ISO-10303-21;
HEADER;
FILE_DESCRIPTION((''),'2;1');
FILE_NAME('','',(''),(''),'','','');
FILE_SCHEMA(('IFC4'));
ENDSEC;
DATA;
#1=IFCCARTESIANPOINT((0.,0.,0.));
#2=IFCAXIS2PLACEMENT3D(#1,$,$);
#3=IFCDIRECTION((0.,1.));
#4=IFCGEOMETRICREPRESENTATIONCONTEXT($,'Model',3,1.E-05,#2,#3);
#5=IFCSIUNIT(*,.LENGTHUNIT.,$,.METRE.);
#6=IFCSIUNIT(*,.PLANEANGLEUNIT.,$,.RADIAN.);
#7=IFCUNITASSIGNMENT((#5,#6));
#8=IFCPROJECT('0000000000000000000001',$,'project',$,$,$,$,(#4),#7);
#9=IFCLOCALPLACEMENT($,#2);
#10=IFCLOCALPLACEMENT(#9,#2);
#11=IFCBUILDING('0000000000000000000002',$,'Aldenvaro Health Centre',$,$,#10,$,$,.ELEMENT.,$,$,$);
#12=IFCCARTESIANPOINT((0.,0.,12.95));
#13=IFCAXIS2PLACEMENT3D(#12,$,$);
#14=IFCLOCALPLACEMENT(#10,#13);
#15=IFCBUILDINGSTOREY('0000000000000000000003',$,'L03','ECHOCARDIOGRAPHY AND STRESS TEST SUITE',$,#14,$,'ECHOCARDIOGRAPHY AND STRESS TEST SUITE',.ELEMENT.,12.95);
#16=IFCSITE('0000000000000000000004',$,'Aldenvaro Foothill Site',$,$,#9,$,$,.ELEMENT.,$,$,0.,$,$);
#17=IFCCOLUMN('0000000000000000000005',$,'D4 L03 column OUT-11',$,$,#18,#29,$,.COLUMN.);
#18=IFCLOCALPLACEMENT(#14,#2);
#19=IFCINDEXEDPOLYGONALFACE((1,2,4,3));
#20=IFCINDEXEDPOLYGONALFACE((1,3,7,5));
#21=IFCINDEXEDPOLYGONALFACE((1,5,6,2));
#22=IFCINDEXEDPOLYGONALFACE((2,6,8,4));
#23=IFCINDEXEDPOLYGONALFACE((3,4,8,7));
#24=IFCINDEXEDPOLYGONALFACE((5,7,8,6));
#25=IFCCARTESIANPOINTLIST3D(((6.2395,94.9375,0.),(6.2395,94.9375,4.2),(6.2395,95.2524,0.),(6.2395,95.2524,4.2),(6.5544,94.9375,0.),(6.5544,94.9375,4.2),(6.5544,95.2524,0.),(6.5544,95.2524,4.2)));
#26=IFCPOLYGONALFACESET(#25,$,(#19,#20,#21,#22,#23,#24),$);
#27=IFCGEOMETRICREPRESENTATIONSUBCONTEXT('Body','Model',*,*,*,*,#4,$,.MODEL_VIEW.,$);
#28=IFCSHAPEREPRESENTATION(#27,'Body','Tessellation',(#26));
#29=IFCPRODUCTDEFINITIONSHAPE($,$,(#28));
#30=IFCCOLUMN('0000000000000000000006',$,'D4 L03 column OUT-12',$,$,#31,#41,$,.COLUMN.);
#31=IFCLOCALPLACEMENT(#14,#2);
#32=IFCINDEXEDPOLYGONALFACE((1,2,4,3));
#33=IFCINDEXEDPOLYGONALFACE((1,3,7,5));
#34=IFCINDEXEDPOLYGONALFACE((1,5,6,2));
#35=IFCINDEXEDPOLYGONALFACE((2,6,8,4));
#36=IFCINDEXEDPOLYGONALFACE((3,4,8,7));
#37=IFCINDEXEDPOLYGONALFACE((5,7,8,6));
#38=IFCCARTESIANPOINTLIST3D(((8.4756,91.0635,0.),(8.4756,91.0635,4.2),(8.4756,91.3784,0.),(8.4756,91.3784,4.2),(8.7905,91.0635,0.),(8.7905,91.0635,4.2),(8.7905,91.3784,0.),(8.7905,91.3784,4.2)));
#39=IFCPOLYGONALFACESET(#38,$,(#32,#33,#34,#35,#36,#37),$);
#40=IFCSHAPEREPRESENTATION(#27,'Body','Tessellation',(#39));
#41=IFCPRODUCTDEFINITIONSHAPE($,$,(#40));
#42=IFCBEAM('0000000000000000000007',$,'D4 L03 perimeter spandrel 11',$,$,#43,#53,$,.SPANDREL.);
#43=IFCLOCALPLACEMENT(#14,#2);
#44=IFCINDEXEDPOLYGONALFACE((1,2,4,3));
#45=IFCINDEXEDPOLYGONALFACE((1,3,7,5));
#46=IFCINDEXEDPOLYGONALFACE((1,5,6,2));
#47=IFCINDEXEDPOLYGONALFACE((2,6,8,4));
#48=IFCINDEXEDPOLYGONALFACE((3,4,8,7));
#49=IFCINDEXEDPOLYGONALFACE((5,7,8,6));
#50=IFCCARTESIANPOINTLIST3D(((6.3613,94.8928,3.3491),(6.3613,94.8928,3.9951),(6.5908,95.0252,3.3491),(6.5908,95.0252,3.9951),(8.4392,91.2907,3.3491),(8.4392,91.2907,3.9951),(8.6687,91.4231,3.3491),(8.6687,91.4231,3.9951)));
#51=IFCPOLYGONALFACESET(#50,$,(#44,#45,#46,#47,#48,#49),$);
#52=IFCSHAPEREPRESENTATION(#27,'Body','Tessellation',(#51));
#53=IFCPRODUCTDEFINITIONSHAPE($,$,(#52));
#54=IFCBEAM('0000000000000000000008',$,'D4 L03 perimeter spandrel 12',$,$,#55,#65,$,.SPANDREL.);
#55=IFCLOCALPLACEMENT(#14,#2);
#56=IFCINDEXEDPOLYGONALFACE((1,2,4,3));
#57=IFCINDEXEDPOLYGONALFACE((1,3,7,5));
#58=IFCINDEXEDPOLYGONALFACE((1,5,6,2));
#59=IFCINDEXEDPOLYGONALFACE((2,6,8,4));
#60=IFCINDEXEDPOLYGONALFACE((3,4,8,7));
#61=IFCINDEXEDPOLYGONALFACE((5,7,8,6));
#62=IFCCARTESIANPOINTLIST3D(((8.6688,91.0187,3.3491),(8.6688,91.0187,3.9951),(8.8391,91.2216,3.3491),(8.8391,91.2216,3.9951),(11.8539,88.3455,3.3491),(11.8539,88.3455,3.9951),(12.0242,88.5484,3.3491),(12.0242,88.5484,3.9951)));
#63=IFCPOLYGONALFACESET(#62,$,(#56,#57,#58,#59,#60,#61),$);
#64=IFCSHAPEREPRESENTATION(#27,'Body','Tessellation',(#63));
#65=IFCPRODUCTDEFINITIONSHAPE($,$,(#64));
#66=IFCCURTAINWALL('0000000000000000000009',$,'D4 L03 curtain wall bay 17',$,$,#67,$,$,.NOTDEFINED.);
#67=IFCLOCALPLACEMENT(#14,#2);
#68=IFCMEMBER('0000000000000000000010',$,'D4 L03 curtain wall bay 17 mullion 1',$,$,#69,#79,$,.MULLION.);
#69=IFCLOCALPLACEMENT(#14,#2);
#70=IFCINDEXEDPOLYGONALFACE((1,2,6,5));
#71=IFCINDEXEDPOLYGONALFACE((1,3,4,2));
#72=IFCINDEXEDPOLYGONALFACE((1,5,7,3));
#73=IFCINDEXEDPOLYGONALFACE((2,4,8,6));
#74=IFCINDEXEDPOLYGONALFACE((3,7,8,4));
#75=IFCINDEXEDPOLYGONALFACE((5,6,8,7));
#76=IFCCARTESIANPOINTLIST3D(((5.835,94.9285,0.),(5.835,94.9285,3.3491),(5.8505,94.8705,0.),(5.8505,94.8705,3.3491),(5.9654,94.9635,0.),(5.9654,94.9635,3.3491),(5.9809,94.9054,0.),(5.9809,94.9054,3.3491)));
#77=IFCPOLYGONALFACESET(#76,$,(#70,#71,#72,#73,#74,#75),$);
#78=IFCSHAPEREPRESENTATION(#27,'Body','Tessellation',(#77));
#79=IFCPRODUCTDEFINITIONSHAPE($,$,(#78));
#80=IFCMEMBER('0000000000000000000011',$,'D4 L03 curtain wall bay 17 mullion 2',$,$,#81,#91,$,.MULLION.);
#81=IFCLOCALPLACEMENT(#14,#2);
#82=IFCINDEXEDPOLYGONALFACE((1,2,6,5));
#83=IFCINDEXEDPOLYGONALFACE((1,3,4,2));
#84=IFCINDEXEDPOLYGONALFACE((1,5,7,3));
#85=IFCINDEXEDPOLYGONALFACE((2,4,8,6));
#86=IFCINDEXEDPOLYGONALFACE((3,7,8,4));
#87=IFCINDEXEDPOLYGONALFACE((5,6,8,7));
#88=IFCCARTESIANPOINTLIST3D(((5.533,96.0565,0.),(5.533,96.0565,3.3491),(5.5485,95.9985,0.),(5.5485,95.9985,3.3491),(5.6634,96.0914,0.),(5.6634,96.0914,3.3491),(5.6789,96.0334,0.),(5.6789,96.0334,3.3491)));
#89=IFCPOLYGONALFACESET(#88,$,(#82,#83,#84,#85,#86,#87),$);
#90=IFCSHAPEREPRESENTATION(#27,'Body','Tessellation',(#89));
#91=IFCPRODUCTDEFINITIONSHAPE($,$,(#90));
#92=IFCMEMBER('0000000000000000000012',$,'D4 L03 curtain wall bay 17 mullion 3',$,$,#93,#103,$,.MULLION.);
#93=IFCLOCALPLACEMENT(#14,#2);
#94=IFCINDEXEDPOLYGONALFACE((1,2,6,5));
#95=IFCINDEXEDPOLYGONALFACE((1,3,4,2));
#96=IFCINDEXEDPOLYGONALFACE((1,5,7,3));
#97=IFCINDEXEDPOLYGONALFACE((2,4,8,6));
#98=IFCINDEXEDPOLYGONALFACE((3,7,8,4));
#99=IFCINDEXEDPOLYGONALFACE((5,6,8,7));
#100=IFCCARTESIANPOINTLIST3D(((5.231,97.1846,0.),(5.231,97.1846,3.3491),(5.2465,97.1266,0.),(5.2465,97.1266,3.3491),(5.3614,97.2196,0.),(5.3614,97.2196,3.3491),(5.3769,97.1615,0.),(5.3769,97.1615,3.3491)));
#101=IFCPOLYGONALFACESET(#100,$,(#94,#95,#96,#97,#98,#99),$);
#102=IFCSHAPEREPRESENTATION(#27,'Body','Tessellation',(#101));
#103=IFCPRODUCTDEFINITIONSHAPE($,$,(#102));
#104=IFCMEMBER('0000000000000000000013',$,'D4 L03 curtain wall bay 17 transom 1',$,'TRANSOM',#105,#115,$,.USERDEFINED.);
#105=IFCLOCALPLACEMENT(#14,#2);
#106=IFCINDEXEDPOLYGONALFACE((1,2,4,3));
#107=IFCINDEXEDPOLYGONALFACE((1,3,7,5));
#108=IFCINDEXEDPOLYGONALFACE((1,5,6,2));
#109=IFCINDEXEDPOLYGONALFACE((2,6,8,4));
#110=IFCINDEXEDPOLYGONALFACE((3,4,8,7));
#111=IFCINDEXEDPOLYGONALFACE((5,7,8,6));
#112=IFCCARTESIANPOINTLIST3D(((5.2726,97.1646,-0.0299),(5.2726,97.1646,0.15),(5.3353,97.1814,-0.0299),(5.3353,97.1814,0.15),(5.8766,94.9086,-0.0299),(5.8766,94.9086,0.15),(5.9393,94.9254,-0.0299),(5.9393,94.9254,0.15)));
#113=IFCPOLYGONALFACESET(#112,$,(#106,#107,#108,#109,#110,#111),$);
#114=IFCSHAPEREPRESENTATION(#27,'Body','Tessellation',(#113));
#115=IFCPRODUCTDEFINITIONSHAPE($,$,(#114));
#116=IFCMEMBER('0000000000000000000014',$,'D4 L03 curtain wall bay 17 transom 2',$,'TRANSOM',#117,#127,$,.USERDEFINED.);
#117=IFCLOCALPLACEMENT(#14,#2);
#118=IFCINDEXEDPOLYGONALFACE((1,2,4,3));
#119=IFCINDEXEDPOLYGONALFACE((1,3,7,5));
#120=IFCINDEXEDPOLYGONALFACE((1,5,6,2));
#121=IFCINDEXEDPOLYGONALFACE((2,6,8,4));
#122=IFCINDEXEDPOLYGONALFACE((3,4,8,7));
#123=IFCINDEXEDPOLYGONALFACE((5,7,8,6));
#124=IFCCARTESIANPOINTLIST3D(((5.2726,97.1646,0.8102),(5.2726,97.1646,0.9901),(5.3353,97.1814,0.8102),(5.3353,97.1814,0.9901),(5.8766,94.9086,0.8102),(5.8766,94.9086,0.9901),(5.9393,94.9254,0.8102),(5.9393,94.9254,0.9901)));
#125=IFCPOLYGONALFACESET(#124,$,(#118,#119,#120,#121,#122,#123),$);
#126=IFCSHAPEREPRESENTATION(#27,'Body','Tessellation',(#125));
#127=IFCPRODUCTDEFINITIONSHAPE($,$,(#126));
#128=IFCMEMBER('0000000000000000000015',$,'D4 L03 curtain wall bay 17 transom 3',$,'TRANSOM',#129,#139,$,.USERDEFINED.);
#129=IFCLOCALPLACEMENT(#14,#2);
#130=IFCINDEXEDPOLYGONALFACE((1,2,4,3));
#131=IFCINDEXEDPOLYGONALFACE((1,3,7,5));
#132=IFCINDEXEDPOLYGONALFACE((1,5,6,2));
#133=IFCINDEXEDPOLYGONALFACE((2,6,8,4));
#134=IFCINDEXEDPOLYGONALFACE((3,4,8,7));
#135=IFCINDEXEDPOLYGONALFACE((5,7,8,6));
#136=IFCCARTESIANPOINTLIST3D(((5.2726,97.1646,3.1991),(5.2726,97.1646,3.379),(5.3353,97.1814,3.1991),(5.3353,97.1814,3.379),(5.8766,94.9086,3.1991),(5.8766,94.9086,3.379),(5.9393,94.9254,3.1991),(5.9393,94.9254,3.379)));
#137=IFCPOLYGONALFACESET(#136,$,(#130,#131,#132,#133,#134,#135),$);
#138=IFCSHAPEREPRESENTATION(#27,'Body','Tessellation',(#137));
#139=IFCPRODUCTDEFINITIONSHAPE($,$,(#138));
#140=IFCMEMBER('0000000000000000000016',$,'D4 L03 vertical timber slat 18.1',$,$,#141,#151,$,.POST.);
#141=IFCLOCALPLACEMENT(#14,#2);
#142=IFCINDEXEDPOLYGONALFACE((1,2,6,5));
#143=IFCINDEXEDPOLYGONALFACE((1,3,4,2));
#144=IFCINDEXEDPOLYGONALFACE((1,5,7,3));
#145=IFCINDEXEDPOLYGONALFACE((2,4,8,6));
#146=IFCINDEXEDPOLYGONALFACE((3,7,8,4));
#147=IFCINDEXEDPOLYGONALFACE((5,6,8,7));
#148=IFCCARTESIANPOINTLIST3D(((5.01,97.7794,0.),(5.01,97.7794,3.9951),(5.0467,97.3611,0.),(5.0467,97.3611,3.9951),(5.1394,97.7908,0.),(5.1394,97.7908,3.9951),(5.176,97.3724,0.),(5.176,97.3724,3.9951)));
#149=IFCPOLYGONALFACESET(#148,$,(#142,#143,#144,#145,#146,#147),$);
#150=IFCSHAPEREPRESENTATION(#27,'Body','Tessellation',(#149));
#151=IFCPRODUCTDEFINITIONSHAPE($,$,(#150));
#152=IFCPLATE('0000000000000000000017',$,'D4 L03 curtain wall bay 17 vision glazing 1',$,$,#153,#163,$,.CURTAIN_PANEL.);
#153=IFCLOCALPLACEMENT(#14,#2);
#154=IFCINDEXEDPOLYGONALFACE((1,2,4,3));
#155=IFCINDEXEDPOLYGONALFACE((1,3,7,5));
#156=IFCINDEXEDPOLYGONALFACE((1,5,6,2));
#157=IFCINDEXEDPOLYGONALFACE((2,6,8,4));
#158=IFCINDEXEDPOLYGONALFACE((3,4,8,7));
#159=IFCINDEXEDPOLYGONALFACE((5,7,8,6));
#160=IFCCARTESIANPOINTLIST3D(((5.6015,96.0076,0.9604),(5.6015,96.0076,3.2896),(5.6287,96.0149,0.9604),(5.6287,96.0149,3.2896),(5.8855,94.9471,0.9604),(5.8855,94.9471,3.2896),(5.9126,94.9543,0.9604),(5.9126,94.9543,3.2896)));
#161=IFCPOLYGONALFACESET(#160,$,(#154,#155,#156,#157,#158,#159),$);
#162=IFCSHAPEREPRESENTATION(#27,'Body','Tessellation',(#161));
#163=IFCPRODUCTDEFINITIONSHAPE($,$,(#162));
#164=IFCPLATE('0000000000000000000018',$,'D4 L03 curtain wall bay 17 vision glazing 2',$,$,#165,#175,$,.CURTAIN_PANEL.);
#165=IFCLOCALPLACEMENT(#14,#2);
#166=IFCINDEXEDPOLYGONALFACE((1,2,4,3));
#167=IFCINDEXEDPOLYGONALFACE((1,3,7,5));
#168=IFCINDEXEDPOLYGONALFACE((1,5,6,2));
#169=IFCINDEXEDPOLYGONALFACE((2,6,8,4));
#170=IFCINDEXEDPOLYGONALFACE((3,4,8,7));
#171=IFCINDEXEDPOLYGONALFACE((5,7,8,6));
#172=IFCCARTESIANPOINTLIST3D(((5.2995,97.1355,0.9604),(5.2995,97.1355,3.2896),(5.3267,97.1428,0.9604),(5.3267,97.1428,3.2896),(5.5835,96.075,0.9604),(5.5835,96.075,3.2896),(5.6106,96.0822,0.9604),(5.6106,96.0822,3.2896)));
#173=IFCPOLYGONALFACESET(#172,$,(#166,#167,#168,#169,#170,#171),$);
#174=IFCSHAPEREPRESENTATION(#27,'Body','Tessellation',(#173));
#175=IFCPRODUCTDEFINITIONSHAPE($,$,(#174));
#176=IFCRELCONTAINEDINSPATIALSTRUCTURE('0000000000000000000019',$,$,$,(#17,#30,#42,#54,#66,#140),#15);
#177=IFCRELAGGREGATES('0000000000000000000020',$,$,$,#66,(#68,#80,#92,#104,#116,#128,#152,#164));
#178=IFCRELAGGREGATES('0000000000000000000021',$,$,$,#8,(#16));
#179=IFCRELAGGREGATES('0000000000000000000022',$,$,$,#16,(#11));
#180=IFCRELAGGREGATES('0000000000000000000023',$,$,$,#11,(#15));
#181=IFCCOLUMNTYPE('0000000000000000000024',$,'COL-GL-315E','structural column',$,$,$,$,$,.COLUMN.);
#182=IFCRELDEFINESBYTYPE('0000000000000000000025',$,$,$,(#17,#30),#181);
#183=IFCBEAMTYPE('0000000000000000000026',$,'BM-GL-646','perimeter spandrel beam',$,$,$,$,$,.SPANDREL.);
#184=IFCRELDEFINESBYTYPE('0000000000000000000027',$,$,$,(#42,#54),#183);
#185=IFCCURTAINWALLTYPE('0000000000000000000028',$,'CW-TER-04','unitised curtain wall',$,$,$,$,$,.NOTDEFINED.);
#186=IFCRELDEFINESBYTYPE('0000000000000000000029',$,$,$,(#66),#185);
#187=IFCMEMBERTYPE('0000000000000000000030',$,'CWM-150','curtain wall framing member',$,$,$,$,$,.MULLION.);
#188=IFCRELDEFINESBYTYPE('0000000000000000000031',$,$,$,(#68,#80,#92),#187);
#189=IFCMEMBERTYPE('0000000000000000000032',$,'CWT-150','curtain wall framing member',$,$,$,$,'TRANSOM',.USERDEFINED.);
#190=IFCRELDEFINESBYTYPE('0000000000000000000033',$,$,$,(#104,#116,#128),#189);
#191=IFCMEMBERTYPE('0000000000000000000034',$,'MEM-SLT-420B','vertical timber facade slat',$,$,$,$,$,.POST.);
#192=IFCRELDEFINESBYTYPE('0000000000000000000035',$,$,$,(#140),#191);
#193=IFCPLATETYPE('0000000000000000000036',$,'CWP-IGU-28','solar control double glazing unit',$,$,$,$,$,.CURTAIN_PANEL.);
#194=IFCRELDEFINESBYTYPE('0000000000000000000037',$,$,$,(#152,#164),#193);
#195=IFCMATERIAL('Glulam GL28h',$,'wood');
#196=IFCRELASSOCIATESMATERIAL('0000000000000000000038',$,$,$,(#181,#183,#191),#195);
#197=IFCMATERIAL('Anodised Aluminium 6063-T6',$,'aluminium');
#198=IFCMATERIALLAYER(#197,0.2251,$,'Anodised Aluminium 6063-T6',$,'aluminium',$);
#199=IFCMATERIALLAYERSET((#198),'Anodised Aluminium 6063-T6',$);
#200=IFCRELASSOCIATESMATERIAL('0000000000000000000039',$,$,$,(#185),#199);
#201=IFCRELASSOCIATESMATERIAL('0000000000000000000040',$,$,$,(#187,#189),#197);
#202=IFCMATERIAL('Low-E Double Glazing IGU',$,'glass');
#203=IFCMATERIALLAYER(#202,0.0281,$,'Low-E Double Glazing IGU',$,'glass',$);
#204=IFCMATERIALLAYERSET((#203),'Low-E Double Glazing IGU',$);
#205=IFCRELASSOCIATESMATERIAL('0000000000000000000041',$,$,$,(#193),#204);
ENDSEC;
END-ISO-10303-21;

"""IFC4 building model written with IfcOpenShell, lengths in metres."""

from ifc_helpers import new_model, si_unit, direction, frame, origin, origin_2d, place, context, subcontext, project, spatial, rectangle, extrude, material, layer, layer_set, material_profile, profile_set, type_object, element, aggregate, save


model = new_model("IFC4")

# Units and contexts
model_context = context("Model", 3, precision=1e-05, world=origin(), true_north=direction((0.0, 1.0)))
body_context = subcontext(model_context, "Body", "Model", "MODEL_VIEW")
ifc_project = project(units=[si_unit("LENGTHUNIT", "METRE"), si_unit("PLANEANGLEUNIT", "RADIAN")], contexts=[model_context])

# Site, building, storey
site_placement = place(None, origin())
site = spatial("IfcSite", under=ifc_project, at=site_placement, Name="Aldenvaro Foothill Site", CompositionType="ELEMENT", RefElevation=0.0)
building_placement = place(site_placement, origin())
building = spatial("IfcBuilding", under=site, at=building_placement, Name="Aldenvaro Health Centre", CompositionType="ELEMENT")
storey_placement = place(building_placement, frame((0.0, 0.0, 12.95)))
storey = spatial("IfcBuildingStorey", under=building, at=storey_placement, Name="L03", Description="ECHOCARDIOGRAPHY AND STRESS TEST SUITE", LongName="ECHOCARDIOGRAPHY AND STRESS TEST SUITE", CompositionType="ELEMENT", Elevation=12.95)

# Columns
ifc_material_1 = material(Name="Glulam GL28h", Category="wood")
ifc_material_profile_1 = material_profile(ifc_material_1, rectangle(XDim=0.3149, YDim=0.3149, at=origin_2d()), Name="GL 315x315", Category="wood")
ifc_profile_set_1 = profile_set([ifc_material_profile_1], Name="Glulam GL28h")
column_type = type_object("IfcColumnType", Name="COL-GL-315E", Description="structural column", PredefinedType="COLUMN", material=ifc_profile_set_1)
for number, where, z_axis, x_axis, name in (
    (1, (6.397, 95.095, 0.0), (0.0, 0.0, 1.0), (1.0, 0.0, 0.0), "D4 L03 column OUT-11"),
    (2, (8.6331, 91.2209, 0.0), (0.0, 0.0, 1.0), (1.0, 0.0, 0.0), "D4 L03 column OUT-12"),
):
    element("IfcColumn", number, at=place(storey_placement, frame(where, z_axis=z_axis, x_axis=x_axis)), inside=storey, type_object=column_type, Name=name, PredefinedType="COLUMN", context=body_context, shape_type="SweptSolid", body=[
        extrude(rectangle(XDim=0.3149, YDim=0.3149, at=origin_2d()), origin(), (0.0, 0.0, 1.0), 4.2),
    ])

# Beams
ifc_material_profile_2 = material_profile(ifc_material_1, rectangle(XDim=0.2649, YDim=0.646, at=origin_2d()), Name="GL 265x646", Category="wood")
ifc_profile_set_2 = profile_set([ifc_material_profile_2], Name="Glulam GL28h")
beam_type = type_object("IfcBeamType", Name="BM-GL-646", Description="perimeter spandrel beam", PredefinedType="SPANDREL", material=ifc_profile_set_2)
beam_1_placement = place(storey_placement, frame((6.4761, 94.959, 3.6721), z_axis=(0.499682, -0.866209, 0.0), x_axis=(0.866209, 0.499682, 0.0)))
element("IfcBeam", 3, at=beam_1_placement, inside=storey, type_object=beam_type, Name="D4 L03 perimeter spandrel 11", PredefinedType="SPANDREL", context=body_context, shape_type="SweptSolid", body=[
    extrude(rectangle(XDim=0.2649, YDim=0.646, at=origin_2d()), origin(), (0.0, 0.0, 1.0), 4.1584),
])
beam_2_placement = place(storey_placement, frame((8.7539, 91.1201, 3.6721), z_axis=(0.765984, -0.64286, 0.0), x_axis=(0.64286, 0.765984, 0.0)))
element("IfcBeam", 4, at=beam_2_placement, inside=storey, type_object=beam_type, Name="D4 L03 perimeter spandrel 12", PredefinedType="SPANDREL", context=body_context, shape_type="SweptSolid", body=[
    extrude(rectangle(XDim=0.2649, YDim=0.646, at=origin_2d()), origin(), (0.0, 0.0, 1.0), 4.1582),
])

# Curtain wall, members
ifc_material_2 = material(Name="Anodised Aluminium 6063-T6", Category="aluminium")
ifc_layer_1 = layer(ifc_material_2, 0.2251, Name="Anodised Aluminium 6063-T6", Category="aluminium")
ifc_layer_set_1 = layer_set([ifc_layer_1], Name="Anodised Aluminium 6063-T6")
curtain_wall_type = type_object("IfcCurtainWallType", Name="CW-TER-04", Description="unitised curtain wall", PredefinedType="NOTDEFINED", material=ifc_layer_set_1)
curtain_wall_placement = place(storey_placement, origin())
curtain_wall = element("IfcCurtainWall", 5, at=curtain_wall_placement, inside=storey, type_object=curtain_wall_type, Name="D4 L03 curtain wall bay 17", PredefinedType="NOTDEFINED")
ifc_material_profile_3 = material_profile(ifc_material_2, rectangle(XDim=0.0601, YDim=0.135, at=origin_2d()), Name="ALU 60x135", Category="aluminium")
ifc_profile_set_3 = profile_set([ifc_material_profile_3], Name="Anodised Aluminium 6063-T6")
member_type_1 = type_object("IfcMemberType", Name="CWM-150", Description="curtain wall framing member", PredefinedType="MULLION", material=ifc_profile_set_3)
member_1_placement = place(storey_placement, frame((5.908, 94.917, 0.0), z_axis=(0.0, 0.0, 1.0), x_axis=(-0.258622, 0.965979, 0.0)))
member_1 = element("IfcMember", 6, at=member_1_placement, type_object=member_type_1, Name="D4 L03 curtain wall bay 17 mullion 1", PredefinedType="MULLION", context=body_context, shape_type="SweptSolid", body=[
    extrude(rectangle(XDim=0.0601, YDim=0.135, at=origin_2d()), origin(), (0.0, 0.0, 1.0), 3.3491),
])
member_2_placement = place(storey_placement, frame((5.606, 96.0449, 0.0), z_axis=(0.0, 0.0, 1.0), x_axis=(-0.258622, 0.965979, 0.0)))
member_2 = element("IfcMember", 7, at=member_2_placement, type_object=member_type_1, Name="D4 L03 curtain wall bay 17 mullion 2", PredefinedType="MULLION", context=body_context, shape_type="SweptSolid", body=[
    extrude(rectangle(XDim=0.0601, YDim=0.135, at=origin_2d()), origin(), (0.0, 0.0, 1.0), 3.3491),
])
member_3_placement = place(storey_placement, frame((5.304, 97.1731, 0.0), z_axis=(0.0, 0.0, 1.0), x_axis=(-0.258622, 0.965979, 0.0)))
member_3 = element("IfcMember", 8, at=member_3_placement, type_object=member_type_1, Name="D4 L03 curtain wall bay 17 mullion 3", PredefinedType="MULLION", context=body_context, shape_type="SweptSolid", body=[
    extrude(rectangle(XDim=0.0601, YDim=0.135, at=origin_2d()), origin(), (0.0, 0.0, 1.0), 3.3491),
])
ifc_material_profile_4 = material_profile(ifc_material_2, rectangle(XDim=0.0649, YDim=0.1799, at=origin_2d()), Name="ALU 65x180", Category="aluminium")
ifc_profile_set_4 = profile_set([ifc_material_profile_4], Name="Anodised Aluminium 6063-T6")
member_type_2 = type_object("IfcMemberType", Name="CWT-150", Description="curtain wall framing member", ElementType="TRANSOM", PredefinedType="USERDEFINED", material=ifc_profile_set_4)
member_4_placement = place(storey_placement, frame((5.908, 94.917, 0.0601), z_axis=(-0.258612, 0.965981, 0.0), x_axis=(-0.965981, -0.258612, 0.0)))
member_4 = element("IfcMember", 9, at=member_4_placement, type_object=member_type_2, Name="D4 L03 curtain wall bay 17 transom 1", ObjectType="TRANSOM", PredefinedType="USERDEFINED", context=body_context, shape_type="SweptSolid", body=[
    extrude(rectangle(XDim=0.0649, YDim=0.1799, at=origin_2d()), origin(), (0.0, 0.0, 1.0), 2.3354),
])
member_5_placement = place(storey_placement, frame((5.908, 94.917, 0.9001), z_axis=(-0.258612, 0.965981, 0.0), x_axis=(-0.965981, -0.258612, 0.0)))
member_5 = element("IfcMember", 10, at=member_5_placement, type_object=member_type_2, Name="D4 L03 curtain wall bay 17 transom 2", ObjectType="TRANSOM", PredefinedType="USERDEFINED", context=body_context, shape_type="SweptSolid", body=[
    extrude(rectangle(XDim=0.0649, YDim=0.1799, at=origin_2d()), origin(), (0.0, 0.0, 1.0), 2.3354),
])
member_6_placement = place(storey_placement, frame((5.908, 94.917, 3.2891), z_axis=(-0.258612, 0.965981, 0.0), x_axis=(-0.965981, -0.258612, 0.0)))
member_6 = element("IfcMember", 11, at=member_6_placement, type_object=member_type_2, Name="D4 L03 curtain wall bay 17 transom 3", ObjectType="TRANSOM", PredefinedType="USERDEFINED", context=body_context, shape_type="SweptSolid", body=[
    extrude(rectangle(XDim=0.0649, YDim=0.1799, at=origin_2d()), origin(), (0.0, 0.0, 1.0), 2.3354),
])

# Member
ifc_material_profile_5 = material_profile(ifc_material_1, rectangle(XDim=0.1299, YDim=0.4199, at=origin_2d()), Name="GL 130x420", Category="wood")
ifc_profile_set_5 = profile_set([ifc_material_profile_5], Name="Glulam GL28h")
member_type_3 = type_object("IfcMemberType", Name="MEM-SLT-420B", Description="vertical timber facade slat", PredefinedType="POST", material=ifc_profile_set_5)
member_7_placement = place(storey_placement, frame((5.093, 97.5759, 0.0), z_axis=(0.0, 0.0, 1.0), x_axis=(-0.996179, -0.087332, 0.0)))
element("IfcMember", 12, at=member_7_placement, inside=storey, type_object=member_type_3, Name="D4 L03 vertical timber slat 18.1", PredefinedType="POST", context=body_context, shape_type="SweptSolid", body=[
    extrude(rectangle(XDim=0.1299, YDim=0.4199, at=origin_2d()), origin(), (0.0, 0.0, 1.0), 3.9951),
])

# Plates
ifc_material_3 = material(Name="Low-E Double Glazing IGU", Category="glass")
ifc_layer_2 = layer(ifc_material_3, 0.0281, Name="Low-E Double Glazing IGU", Category="glass")
ifc_layer_set_2 = layer_set([ifc_layer_2], Name="Low-E Double Glazing IGU")
plate_type_1 = type_object("IfcPlateType", Name="CWP-IGU-28", Description="solar control double glazing unit", PredefinedType="CURTAIN_PANEL", material=ifc_layer_set_2)
plate_1_placement = place(storey_placement, frame((5.7571, 95.481, 0.9604), z_axis=(0.0, 0.0, 1.0), x_axis=(-0.258622, 0.965979, 0.0)))
plate_1 = element("IfcPlate", 13, at=plate_1_placement, type_object=plate_type_1, Name="D4 L03 curtain wall bay 17 vision glazing 1", PredefinedType="CURTAIN_PANEL", context=body_context, shape_type="SweptSolid", body=[
    extrude(rectangle(XDim=1.0979, YDim=0.0281, at=origin_2d()), origin(), (0.0, 0.0, 1.0), 2.3291),
])
plate_2_placement = place(storey_placement, frame((5.4551, 96.6089, 0.9604), z_axis=(0.0, 0.0, 1.0), x_axis=(-0.258622, 0.965979, 0.0)))
plate_2 = element("IfcPlate", 14, at=plate_2_placement, type_object=plate_type_1, Name="D4 L03 curtain wall bay 17 vision glazing 2", PredefinedType="CURTAIN_PANEL", context=body_context, shape_type="SweptSolid", body=[
    extrude(rectangle(XDim=1.0979, YDim=0.0281, at=origin_2d()), origin(), (0.0, 0.0, 1.0), 2.3291),
])
aggregate(curtain_wall, [member_1, member_2, member_3, member_4, member_5, member_6, plate_1, plate_2])

save(model, "model.ifc")
